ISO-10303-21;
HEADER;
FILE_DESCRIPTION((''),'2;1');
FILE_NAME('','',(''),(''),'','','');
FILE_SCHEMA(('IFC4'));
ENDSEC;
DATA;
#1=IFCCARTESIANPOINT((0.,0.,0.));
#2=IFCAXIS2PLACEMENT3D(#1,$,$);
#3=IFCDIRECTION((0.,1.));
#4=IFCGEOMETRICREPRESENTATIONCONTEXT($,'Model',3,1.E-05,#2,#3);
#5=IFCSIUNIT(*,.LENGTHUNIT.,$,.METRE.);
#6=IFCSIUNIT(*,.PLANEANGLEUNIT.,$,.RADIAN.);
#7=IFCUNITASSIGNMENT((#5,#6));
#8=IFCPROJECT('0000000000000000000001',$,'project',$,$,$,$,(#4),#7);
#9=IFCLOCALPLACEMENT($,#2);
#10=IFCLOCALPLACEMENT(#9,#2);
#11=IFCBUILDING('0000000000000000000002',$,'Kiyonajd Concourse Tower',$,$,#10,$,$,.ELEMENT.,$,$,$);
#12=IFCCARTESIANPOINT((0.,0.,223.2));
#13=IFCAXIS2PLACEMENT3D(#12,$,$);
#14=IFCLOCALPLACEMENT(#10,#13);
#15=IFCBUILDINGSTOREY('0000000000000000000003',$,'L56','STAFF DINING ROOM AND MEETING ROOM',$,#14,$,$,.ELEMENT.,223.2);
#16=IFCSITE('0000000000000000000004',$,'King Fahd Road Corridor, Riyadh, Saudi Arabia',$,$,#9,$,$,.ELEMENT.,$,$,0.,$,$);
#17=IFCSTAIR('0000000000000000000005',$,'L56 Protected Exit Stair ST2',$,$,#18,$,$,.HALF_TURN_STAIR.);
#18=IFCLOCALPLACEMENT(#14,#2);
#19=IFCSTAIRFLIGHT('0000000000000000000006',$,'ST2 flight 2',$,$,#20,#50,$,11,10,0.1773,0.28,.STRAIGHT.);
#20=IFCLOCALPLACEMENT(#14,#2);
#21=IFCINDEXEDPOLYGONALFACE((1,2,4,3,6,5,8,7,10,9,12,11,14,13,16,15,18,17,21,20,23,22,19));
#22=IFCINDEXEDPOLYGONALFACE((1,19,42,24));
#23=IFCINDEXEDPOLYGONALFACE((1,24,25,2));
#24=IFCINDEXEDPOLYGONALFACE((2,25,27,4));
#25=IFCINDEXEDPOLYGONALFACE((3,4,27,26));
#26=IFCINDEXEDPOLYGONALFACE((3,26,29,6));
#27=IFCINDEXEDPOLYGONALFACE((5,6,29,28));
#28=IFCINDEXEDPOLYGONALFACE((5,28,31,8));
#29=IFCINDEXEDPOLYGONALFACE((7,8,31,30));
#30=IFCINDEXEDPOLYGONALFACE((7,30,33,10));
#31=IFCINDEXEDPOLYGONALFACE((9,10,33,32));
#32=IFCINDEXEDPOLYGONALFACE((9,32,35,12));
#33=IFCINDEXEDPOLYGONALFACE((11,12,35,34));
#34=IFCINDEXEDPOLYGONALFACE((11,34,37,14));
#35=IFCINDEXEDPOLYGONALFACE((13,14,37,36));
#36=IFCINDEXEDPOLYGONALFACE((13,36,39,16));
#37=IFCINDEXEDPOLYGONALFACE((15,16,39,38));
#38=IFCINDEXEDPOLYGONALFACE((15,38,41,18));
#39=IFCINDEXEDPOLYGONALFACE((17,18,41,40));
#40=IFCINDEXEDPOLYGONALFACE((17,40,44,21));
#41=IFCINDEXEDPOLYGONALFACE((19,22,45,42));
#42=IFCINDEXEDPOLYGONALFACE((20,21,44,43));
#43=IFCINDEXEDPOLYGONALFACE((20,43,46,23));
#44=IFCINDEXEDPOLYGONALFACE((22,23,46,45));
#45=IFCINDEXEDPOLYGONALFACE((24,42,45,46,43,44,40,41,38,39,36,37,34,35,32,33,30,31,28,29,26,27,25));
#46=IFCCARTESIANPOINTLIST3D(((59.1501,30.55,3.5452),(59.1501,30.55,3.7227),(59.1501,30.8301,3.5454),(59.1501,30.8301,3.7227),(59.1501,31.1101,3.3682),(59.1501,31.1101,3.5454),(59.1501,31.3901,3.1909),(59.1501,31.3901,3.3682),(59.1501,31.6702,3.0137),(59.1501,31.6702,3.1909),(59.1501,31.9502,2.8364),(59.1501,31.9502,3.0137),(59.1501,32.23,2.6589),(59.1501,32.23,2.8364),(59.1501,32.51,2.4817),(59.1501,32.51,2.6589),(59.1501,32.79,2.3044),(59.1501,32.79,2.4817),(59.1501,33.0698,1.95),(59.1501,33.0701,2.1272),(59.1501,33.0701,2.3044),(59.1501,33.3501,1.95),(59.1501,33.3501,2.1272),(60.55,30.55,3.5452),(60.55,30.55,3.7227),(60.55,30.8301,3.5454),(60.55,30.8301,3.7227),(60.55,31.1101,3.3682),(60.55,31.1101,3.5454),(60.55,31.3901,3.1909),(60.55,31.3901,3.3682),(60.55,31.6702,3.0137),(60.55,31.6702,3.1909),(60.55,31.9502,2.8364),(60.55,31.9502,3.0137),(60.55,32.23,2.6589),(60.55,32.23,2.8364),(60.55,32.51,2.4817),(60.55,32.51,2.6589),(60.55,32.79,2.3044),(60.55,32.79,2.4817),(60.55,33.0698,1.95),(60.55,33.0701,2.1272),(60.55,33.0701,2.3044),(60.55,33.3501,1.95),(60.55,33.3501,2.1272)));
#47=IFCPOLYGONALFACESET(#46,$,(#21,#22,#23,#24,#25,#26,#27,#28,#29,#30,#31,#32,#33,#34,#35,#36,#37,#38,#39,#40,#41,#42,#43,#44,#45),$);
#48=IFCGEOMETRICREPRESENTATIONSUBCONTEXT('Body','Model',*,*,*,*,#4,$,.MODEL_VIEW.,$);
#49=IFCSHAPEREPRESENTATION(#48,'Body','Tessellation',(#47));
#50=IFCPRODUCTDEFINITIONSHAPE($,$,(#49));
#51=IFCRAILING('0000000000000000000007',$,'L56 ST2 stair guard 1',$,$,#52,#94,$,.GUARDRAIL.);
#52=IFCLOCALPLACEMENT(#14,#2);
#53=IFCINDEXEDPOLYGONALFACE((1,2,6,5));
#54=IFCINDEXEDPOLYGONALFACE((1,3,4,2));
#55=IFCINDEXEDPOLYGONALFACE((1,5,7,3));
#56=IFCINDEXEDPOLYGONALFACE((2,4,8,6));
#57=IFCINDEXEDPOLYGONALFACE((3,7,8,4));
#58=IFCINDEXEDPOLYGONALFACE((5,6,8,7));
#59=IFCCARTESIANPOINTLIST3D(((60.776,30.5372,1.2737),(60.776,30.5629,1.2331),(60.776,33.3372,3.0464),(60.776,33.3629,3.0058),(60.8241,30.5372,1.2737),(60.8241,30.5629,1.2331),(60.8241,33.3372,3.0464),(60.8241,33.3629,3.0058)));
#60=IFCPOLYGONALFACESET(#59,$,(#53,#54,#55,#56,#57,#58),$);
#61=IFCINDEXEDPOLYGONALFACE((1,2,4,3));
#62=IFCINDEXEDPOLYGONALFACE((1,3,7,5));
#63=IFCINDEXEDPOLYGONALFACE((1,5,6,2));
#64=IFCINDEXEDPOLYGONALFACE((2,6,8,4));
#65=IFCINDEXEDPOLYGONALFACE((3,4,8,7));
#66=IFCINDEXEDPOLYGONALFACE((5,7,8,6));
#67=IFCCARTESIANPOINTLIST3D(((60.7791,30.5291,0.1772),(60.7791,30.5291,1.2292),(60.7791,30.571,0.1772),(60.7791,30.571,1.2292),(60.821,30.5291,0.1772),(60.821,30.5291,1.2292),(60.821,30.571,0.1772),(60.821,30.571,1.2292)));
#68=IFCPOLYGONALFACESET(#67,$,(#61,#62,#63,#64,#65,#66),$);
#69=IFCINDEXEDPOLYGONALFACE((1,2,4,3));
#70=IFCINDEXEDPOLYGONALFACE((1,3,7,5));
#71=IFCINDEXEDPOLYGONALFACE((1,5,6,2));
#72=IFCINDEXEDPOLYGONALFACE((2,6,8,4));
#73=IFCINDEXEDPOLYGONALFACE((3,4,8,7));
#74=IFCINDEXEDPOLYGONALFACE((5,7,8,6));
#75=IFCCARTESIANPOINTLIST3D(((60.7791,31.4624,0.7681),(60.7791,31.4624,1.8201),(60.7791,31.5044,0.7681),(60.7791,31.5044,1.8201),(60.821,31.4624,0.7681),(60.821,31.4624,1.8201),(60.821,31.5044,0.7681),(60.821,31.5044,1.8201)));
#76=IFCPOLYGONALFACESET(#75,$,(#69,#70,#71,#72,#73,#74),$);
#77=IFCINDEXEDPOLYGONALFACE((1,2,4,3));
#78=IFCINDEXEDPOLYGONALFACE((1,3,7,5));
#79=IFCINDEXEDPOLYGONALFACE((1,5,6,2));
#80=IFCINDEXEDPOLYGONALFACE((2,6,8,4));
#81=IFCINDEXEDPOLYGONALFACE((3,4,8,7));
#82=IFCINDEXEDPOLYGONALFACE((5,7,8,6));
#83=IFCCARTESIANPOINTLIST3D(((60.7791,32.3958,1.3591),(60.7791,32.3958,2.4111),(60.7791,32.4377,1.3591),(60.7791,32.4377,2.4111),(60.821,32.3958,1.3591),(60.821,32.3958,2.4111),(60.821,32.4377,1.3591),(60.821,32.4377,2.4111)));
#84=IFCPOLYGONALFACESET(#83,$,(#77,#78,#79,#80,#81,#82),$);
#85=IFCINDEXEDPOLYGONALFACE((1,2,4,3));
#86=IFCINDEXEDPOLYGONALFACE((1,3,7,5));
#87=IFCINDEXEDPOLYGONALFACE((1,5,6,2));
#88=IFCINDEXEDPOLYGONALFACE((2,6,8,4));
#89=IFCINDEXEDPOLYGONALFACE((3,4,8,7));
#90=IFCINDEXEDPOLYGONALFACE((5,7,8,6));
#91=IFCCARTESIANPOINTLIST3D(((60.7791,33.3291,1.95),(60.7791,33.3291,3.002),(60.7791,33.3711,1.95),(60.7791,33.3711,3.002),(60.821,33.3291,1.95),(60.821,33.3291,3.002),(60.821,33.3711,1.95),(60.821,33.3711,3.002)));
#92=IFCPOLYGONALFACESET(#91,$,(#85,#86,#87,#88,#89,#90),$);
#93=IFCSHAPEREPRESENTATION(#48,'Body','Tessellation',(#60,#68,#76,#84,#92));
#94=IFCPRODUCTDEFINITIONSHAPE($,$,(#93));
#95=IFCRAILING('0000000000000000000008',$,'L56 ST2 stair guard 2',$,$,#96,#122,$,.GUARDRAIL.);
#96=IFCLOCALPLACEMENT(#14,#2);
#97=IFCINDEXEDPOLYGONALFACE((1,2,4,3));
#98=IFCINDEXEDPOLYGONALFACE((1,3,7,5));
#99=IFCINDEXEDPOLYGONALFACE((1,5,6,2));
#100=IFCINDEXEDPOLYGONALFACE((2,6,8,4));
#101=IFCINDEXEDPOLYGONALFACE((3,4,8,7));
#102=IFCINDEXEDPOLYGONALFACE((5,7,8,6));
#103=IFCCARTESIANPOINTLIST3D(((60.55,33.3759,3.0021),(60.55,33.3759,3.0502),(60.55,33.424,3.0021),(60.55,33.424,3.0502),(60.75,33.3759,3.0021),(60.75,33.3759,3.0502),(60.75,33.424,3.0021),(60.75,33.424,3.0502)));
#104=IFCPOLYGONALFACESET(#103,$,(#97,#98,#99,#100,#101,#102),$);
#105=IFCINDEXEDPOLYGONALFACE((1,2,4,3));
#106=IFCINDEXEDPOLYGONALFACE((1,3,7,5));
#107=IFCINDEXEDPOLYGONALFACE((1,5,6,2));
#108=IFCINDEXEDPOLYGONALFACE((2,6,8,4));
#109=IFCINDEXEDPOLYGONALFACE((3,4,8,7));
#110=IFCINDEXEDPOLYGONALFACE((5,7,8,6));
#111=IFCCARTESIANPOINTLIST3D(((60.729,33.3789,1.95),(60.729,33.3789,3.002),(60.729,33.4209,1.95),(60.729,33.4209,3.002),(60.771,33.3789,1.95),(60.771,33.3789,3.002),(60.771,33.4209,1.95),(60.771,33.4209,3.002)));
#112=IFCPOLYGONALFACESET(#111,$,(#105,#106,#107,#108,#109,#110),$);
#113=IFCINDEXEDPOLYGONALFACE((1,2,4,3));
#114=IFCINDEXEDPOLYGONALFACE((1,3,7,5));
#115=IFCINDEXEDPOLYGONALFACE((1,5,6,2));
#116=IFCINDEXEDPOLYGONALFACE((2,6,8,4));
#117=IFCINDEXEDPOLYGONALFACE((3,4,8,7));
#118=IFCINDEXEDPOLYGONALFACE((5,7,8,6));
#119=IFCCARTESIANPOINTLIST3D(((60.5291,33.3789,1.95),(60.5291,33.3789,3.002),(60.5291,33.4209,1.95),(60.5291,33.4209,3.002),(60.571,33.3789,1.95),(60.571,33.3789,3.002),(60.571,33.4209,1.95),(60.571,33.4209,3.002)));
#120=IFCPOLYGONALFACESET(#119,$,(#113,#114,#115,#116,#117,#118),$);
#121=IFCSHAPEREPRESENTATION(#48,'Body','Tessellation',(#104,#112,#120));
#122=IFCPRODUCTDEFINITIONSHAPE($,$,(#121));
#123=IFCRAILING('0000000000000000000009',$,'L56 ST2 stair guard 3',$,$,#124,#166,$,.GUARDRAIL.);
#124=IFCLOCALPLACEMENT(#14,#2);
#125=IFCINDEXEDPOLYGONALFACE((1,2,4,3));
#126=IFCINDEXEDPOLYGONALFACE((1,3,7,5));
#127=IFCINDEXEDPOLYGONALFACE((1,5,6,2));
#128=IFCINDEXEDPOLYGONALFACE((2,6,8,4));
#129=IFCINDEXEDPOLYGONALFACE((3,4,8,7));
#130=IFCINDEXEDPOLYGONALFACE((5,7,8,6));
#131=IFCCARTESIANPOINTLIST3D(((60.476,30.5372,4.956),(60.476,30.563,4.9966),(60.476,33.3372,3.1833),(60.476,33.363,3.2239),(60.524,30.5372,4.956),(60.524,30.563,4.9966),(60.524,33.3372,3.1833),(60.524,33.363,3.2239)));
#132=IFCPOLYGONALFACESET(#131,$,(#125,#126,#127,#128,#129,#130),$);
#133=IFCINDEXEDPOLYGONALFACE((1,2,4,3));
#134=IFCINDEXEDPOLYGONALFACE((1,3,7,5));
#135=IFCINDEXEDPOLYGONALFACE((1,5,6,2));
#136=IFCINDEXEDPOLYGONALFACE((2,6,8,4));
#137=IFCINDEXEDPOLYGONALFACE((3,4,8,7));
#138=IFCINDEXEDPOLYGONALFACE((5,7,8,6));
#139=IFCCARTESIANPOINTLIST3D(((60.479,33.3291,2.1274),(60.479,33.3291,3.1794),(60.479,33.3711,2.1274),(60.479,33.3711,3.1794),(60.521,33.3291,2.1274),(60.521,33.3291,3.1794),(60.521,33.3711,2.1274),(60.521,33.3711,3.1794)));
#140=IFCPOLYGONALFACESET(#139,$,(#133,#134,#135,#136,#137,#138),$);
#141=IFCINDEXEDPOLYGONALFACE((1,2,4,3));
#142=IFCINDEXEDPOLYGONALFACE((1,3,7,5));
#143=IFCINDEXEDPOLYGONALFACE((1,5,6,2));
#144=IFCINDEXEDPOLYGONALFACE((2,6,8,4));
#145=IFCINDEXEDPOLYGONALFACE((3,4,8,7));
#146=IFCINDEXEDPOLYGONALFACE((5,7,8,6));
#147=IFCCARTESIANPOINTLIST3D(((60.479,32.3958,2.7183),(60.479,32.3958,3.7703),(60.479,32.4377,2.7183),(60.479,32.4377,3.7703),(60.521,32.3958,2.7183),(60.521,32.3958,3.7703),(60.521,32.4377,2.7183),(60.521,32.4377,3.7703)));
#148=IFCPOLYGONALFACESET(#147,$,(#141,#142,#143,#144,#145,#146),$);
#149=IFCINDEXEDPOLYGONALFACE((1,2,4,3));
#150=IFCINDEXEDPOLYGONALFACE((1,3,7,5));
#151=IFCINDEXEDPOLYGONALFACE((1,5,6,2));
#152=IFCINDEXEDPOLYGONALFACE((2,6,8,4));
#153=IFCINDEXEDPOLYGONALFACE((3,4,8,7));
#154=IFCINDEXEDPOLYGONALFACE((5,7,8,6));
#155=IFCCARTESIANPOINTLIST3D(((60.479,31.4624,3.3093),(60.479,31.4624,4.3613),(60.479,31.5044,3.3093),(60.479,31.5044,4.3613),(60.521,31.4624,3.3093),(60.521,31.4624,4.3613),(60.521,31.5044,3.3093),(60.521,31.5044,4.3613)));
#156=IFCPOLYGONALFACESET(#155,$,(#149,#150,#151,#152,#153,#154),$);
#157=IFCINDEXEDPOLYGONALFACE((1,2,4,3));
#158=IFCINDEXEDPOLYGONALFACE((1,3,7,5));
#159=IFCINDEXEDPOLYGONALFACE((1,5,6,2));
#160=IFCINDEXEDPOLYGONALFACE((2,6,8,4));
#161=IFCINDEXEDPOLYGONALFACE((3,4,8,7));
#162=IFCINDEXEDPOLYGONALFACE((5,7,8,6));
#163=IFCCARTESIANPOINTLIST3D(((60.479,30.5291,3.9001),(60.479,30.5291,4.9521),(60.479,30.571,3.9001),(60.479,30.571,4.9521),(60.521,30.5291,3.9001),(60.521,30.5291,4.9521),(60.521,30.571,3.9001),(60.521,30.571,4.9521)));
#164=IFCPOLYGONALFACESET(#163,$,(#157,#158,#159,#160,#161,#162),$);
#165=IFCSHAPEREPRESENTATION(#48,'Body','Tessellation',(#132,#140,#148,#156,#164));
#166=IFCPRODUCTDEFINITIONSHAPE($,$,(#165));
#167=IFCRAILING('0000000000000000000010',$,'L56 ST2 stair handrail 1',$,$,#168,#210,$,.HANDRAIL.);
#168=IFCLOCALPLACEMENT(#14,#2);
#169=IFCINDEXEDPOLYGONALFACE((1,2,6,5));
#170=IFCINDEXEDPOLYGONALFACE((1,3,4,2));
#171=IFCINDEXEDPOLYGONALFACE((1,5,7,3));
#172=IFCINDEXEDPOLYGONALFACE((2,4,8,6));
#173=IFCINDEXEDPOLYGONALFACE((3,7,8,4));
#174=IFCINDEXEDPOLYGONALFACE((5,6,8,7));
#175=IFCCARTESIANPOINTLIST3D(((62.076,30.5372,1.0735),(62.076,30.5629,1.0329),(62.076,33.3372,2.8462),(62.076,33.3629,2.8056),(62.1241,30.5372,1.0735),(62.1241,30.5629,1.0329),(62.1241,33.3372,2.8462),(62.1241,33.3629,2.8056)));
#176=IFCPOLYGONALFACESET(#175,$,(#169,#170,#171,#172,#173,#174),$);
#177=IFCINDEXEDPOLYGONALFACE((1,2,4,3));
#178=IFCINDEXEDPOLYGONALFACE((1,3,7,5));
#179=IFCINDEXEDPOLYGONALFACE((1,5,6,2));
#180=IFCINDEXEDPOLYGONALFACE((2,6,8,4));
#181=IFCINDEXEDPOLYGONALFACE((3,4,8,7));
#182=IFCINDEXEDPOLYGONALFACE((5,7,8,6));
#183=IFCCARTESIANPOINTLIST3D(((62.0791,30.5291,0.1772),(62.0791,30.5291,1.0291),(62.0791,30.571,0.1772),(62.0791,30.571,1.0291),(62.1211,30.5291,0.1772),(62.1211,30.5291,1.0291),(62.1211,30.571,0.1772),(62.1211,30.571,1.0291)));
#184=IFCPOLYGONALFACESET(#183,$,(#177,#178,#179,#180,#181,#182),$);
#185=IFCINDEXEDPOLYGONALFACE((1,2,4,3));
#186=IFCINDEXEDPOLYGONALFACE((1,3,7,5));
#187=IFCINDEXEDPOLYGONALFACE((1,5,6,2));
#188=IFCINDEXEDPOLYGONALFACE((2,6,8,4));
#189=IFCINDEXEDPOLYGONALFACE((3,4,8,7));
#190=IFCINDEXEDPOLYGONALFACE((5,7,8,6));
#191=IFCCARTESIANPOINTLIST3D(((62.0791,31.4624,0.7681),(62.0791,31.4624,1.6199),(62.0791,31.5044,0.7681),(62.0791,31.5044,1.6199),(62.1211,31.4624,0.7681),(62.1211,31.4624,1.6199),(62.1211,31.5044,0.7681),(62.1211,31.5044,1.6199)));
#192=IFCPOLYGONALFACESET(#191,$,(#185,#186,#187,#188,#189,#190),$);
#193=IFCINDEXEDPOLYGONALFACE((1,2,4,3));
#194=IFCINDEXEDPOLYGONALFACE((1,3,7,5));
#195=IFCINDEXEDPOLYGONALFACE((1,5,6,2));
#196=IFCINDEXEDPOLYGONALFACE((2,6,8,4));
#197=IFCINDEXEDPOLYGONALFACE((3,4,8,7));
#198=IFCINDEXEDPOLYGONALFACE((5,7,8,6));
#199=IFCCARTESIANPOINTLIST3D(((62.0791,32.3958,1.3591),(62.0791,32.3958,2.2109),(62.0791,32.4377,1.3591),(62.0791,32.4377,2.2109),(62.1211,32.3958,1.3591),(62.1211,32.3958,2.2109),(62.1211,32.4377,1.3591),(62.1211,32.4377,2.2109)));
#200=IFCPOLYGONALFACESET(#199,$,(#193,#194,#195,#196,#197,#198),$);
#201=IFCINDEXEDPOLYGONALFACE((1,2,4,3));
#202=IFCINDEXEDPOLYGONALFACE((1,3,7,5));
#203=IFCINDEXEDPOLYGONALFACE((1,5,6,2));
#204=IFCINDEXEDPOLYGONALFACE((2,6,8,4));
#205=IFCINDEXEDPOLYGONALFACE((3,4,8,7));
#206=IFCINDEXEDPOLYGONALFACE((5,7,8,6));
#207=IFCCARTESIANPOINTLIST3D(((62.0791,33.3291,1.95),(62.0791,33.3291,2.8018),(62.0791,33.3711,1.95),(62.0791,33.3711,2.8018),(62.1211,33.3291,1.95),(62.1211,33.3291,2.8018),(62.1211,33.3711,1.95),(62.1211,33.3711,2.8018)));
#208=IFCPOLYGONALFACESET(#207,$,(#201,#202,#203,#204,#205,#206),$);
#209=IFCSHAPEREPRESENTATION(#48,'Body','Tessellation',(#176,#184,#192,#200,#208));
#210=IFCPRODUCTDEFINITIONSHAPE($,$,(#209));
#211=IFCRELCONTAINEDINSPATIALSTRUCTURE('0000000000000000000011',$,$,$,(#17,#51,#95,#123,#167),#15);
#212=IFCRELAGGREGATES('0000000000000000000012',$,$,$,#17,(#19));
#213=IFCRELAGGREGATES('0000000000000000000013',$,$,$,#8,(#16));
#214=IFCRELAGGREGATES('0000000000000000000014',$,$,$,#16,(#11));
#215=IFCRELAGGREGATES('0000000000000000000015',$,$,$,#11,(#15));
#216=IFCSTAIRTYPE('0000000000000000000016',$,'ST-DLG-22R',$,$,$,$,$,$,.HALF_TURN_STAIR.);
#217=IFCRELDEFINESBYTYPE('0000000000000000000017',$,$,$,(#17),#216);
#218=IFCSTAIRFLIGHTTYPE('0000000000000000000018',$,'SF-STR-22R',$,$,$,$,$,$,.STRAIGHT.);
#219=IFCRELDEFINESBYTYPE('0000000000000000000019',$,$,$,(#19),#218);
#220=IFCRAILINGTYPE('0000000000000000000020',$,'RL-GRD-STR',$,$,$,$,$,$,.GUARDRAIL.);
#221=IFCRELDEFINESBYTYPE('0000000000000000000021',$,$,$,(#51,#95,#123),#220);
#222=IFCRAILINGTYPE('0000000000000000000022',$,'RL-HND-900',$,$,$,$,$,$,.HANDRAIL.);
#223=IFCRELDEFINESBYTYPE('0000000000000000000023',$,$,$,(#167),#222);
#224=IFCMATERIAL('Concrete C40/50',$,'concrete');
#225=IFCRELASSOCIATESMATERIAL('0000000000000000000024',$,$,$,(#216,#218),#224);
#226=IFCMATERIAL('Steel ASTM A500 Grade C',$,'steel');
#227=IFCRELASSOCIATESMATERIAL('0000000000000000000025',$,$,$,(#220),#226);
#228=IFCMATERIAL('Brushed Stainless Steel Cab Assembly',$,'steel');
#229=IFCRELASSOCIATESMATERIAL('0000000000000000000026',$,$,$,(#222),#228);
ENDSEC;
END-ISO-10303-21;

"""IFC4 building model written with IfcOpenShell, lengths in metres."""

from ifc_helpers import new_model, si_unit, direction, frame, origin, origin_2d, place, context, subcontext, project, spatial, polyline, rectangle, outline, extrude, material, type_object, element, aggregate, save


model = new_model("IFC4")

# Units and contexts
model_context = context("Model", 3, precision=1e-05, world=origin(), true_north=direction((0.0, 1.0)))
body_context = subcontext(model_context, "Body", "Model", "MODEL_VIEW")
ifc_project = project(units=[si_unit("LENGTHUNIT", "METRE"), si_unit("PLANEANGLEUNIT", "RADIAN")], contexts=[model_context])

# Site, building, storey
site_placement = place(None, origin())
site = spatial("IfcSite", under=ifc_project, at=site_placement, Name="King Fahd Road Corridor, Riyadh, Saudi Arabia", CompositionType="ELEMENT", RefElevation=0.0)
building_placement = place(site_placement, origin())
building = spatial("IfcBuilding", under=site, at=building_placement, Name="Kiyonajd Concourse Tower", CompositionType="ELEMENT")
storey_placement = place(building_placement, frame((0.0, 0.0, 223.2)))
storey = spatial("IfcBuildingStorey", under=building, at=storey_placement, Name="L56", Description="STAFF DINING ROOM AND MEETING ROOM", CompositionType="ELEMENT", Elevation=223.2)

# Shared definitions
ifc_material_1 = material(Name="Brushed Stainless Steel Cab Assembly", Category="steel")

# Stair, stair flight
ifc_material_2 = material(Name="Concrete C40/50", Category="concrete")
stair_type = type_object("IfcStairType", Name="ST-DLG-22R", PredefinedType="HALF_TURN_STAIR", material=ifc_material_2)
stair_placement = place(storey_placement, origin())
stair = element("IfcStair", 1, at=stair_placement, inside=storey, type_object=stair_type, Name="L56 Protected Exit Stair ST2", PredefinedType="HALF_TURN_STAIR")
stair_flight_type = type_object("IfcStairFlightType", Name="SF-STR-22R", PredefinedType="STRAIGHT", material=ifc_material_2)
stair_flight_1_placement = place(storey_placement, frame((59.8501, 33.3501, 1.95), z_axis=(0.0, 0.0, 1.0), x_axis=(0.0, -1.0, 0.0)))
stair_flight_1 = element("IfcStairFlight", 2, at=stair_flight_1_placement, type_object=stair_flight_type, Name="ST2 flight 2", NumberOfRisers=11, NumberOfTreads=10, PredefinedType="STRAIGHT", RiserHeight=0.1773, TreadLength=0.28, context=body_context, shape_type="SweptSolid", body=[
    extrude(outline(polyline([(0.0, 0.0), (0.0, 0.1772), (0.28, 0.1772), (0.28, 0.3545), (0.5601, 0.3545), (0.5601, 0.5317), (0.8401, 0.5317), (0.8401, 0.709), (1.1201, 0.709), (1.1201, 0.8865), (1.3999, 0.8865), (1.3999, 1.0637), (1.6799, 1.0637), (1.6799, 1.241), (1.96, 1.241), (1.96, 1.4182), (2.24, 1.4182), (2.24, 1.5955), (2.52, 1.5955), (2.52, 1.7727), (2.8, 1.7727), (2.8, 1.95), (2.8, 1.5952), (0.2803, 0.0), (0.0, 0.0)])), frame((0.0, 0.7, 0.0), z_axis=(0.0, -1.0, 0.0), x_axis=(1.0, 0.0, 0.0)), (0.0, 0.0, 1.0), 1.3999),
])
aggregate(stair, [stair_flight_1])

# Railings
ifc_material_3 = material(Name="Steel ASTM A500 Grade C", Category="steel")
railing_type_1 = type_object("IfcRailingType", Name="RL-GRD-STR", PredefinedType="GUARDRAIL", material=ifc_material_3)
railing_1_placement = place(storey_placement, frame((60.8, 30.55, 0.1772)))
element("IfcRailing", 3, at=railing_1_placement, inside=storey, type_object=railing_type_1, Name="L56 ST2 stair guard 1", PredefinedType="GUARDRAIL", context=body_context, shape_type="SweptSolid", body=[
    extrude(rectangle(XDim=0.0481, YDim=0.0481, at=origin_2d()), frame((0.0, 0.0, 1.0762), z_axis=(0.0, 0.844909, 0.53491), x_axis=(-1.0, 0.0, 0.0)), (0.0, 0.0, 1.0), 3.314),
    extrude(rectangle(XDim=0.042, YDim=0.042, at=origin_2d()), origin(), (0.0, 0.0, 1.0), 1.052),
    extrude(rectangle(XDim=0.042, YDim=0.042, at=origin_2d()), frame((0.0, 0.9333, 0.5908)), (0.0, 0.0, 1.0), 1.052),
    extrude(rectangle(XDim=0.042, YDim=0.042, at=origin_2d()), frame((0.0, 1.8667, 1.1819)), (0.0, 0.0, 1.0), 1.052),
    extrude(rectangle(XDim=0.042, YDim=0.042, at=origin_2d()), frame((0.0, 2.8, 1.7727)), (0.0, 0.0, 1.0), 1.052),
])
railing_2_placement = place(storey_placement, frame((60.75, 33.3999, 1.95)))
element("IfcRailing", 4, at=railing_2_placement, inside=storey, type_object=railing_type_1, Name="L56 ST2 stair guard 2", PredefinedType="GUARDRAIL", context=body_context, shape_type="SweptSolid", body=[
    extrude(rectangle(XDim=0.0481, YDim=0.0481, at=origin_2d()), frame((0.0, 0.0, 1.0762), z_axis=(-1.0, 0.0, 0.0), x_axis=(0.0, -1.0, 0.0)), (0.0, 0.0, 1.0), 0.2),
    extrude(rectangle(XDim=0.042, YDim=0.042, at=origin_2d()), origin(), (0.0, 0.0, 1.0), 1.052),
    extrude(rectangle(XDim=0.042, YDim=0.042, at=origin_2d()), frame((-0.2, 0.0, 0.0)), (0.0, 0.0, 1.0), 1.052),
])
railing_3_placement = place(storey_placement, frame((60.5, 33.3501, 2.1274)))
element("IfcRailing", 5, at=railing_3_placement, inside=storey, type_object=railing_type_1, Name="L56 ST2 stair guard 3", PredefinedType="GUARDRAIL", context=body_context, shape_type="SweptSolid", body=[
    extrude(rectangle(XDim=0.0481, YDim=0.0481, at=origin_2d()), frame((0.0, 0.0, 1.0762), z_axis=(0.0, -0.844909, 0.53491), x_axis=(1.0, 0.0, 0.0)), (0.0, 0.0, 1.0), 3.314),
    extrude(rectangle(XDim=0.042, YDim=0.042, at=origin_2d()), origin(), (0.0, 0.0, 1.0), 1.052),
    extrude(rectangle(XDim=0.042, YDim=0.042, at=origin_2d()), frame((0.0, -0.9333, 0.5908)), (0.0, 0.0, 1.0), 1.052),
    extrude(rectangle(XDim=0.042, YDim=0.042, at=origin_2d()), frame((0.0, -1.8667, 1.1819)), (0.0, 0.0, 1.0), 1.052),
    extrude(rectangle(XDim=0.042, YDim=0.042, at=origin_2d()), frame((0.0, -2.8, 1.7727)), (0.0, 0.0, 1.0), 1.052),
])
railing_type_2 = type_object("IfcRailingType", Name="RL-HND-900", PredefinedType="HANDRAIL", material=ifc_material_1)
railing_4_placement = place(storey_placement, frame((62.1001, 30.55, 0.1772)))
element("IfcRailing", 6, at=railing_4_placement, inside=storey, type_object=railing_type_2, Name="L56 ST2 stair handrail 1", PredefinedType="HANDRAIL", context=body_context, shape_type="SweptSolid", body=[
    extrude(rectangle(XDim=0.0481, YDim=0.0481, at=origin_2d()), frame((0.0, 0.0, 0.876), z_axis=(0.0, 0.844909, 0.53491), x_axis=(-1.0, 0.0, 0.0)), (0.0, 0.0, 1.0), 3.314),
    extrude(rectangle(XDim=0.042, YDim=0.042, at=origin_2d()), origin(), (0.0, 0.0, 1.0), 0.8518),
    extrude(rectangle(XDim=0.042, YDim=0.042, at=origin_2d()), frame((0.0, 0.9333, 0.5908)), (0.0, 0.0, 1.0), 0.8518),
    extrude(rectangle(XDim=0.042, YDim=0.042, at=origin_2d()), frame((0.0, 1.8667, 1.1819)), (0.0, 0.0, 1.0), 0.8518),
    extrude(rectangle(XDim=0.042, YDim=0.042, at=origin_2d()), frame((0.0, 2.8, 1.7727)), (0.0, 0.0, 1.0), 0.8518),
])

save(model, "model.ifc")
